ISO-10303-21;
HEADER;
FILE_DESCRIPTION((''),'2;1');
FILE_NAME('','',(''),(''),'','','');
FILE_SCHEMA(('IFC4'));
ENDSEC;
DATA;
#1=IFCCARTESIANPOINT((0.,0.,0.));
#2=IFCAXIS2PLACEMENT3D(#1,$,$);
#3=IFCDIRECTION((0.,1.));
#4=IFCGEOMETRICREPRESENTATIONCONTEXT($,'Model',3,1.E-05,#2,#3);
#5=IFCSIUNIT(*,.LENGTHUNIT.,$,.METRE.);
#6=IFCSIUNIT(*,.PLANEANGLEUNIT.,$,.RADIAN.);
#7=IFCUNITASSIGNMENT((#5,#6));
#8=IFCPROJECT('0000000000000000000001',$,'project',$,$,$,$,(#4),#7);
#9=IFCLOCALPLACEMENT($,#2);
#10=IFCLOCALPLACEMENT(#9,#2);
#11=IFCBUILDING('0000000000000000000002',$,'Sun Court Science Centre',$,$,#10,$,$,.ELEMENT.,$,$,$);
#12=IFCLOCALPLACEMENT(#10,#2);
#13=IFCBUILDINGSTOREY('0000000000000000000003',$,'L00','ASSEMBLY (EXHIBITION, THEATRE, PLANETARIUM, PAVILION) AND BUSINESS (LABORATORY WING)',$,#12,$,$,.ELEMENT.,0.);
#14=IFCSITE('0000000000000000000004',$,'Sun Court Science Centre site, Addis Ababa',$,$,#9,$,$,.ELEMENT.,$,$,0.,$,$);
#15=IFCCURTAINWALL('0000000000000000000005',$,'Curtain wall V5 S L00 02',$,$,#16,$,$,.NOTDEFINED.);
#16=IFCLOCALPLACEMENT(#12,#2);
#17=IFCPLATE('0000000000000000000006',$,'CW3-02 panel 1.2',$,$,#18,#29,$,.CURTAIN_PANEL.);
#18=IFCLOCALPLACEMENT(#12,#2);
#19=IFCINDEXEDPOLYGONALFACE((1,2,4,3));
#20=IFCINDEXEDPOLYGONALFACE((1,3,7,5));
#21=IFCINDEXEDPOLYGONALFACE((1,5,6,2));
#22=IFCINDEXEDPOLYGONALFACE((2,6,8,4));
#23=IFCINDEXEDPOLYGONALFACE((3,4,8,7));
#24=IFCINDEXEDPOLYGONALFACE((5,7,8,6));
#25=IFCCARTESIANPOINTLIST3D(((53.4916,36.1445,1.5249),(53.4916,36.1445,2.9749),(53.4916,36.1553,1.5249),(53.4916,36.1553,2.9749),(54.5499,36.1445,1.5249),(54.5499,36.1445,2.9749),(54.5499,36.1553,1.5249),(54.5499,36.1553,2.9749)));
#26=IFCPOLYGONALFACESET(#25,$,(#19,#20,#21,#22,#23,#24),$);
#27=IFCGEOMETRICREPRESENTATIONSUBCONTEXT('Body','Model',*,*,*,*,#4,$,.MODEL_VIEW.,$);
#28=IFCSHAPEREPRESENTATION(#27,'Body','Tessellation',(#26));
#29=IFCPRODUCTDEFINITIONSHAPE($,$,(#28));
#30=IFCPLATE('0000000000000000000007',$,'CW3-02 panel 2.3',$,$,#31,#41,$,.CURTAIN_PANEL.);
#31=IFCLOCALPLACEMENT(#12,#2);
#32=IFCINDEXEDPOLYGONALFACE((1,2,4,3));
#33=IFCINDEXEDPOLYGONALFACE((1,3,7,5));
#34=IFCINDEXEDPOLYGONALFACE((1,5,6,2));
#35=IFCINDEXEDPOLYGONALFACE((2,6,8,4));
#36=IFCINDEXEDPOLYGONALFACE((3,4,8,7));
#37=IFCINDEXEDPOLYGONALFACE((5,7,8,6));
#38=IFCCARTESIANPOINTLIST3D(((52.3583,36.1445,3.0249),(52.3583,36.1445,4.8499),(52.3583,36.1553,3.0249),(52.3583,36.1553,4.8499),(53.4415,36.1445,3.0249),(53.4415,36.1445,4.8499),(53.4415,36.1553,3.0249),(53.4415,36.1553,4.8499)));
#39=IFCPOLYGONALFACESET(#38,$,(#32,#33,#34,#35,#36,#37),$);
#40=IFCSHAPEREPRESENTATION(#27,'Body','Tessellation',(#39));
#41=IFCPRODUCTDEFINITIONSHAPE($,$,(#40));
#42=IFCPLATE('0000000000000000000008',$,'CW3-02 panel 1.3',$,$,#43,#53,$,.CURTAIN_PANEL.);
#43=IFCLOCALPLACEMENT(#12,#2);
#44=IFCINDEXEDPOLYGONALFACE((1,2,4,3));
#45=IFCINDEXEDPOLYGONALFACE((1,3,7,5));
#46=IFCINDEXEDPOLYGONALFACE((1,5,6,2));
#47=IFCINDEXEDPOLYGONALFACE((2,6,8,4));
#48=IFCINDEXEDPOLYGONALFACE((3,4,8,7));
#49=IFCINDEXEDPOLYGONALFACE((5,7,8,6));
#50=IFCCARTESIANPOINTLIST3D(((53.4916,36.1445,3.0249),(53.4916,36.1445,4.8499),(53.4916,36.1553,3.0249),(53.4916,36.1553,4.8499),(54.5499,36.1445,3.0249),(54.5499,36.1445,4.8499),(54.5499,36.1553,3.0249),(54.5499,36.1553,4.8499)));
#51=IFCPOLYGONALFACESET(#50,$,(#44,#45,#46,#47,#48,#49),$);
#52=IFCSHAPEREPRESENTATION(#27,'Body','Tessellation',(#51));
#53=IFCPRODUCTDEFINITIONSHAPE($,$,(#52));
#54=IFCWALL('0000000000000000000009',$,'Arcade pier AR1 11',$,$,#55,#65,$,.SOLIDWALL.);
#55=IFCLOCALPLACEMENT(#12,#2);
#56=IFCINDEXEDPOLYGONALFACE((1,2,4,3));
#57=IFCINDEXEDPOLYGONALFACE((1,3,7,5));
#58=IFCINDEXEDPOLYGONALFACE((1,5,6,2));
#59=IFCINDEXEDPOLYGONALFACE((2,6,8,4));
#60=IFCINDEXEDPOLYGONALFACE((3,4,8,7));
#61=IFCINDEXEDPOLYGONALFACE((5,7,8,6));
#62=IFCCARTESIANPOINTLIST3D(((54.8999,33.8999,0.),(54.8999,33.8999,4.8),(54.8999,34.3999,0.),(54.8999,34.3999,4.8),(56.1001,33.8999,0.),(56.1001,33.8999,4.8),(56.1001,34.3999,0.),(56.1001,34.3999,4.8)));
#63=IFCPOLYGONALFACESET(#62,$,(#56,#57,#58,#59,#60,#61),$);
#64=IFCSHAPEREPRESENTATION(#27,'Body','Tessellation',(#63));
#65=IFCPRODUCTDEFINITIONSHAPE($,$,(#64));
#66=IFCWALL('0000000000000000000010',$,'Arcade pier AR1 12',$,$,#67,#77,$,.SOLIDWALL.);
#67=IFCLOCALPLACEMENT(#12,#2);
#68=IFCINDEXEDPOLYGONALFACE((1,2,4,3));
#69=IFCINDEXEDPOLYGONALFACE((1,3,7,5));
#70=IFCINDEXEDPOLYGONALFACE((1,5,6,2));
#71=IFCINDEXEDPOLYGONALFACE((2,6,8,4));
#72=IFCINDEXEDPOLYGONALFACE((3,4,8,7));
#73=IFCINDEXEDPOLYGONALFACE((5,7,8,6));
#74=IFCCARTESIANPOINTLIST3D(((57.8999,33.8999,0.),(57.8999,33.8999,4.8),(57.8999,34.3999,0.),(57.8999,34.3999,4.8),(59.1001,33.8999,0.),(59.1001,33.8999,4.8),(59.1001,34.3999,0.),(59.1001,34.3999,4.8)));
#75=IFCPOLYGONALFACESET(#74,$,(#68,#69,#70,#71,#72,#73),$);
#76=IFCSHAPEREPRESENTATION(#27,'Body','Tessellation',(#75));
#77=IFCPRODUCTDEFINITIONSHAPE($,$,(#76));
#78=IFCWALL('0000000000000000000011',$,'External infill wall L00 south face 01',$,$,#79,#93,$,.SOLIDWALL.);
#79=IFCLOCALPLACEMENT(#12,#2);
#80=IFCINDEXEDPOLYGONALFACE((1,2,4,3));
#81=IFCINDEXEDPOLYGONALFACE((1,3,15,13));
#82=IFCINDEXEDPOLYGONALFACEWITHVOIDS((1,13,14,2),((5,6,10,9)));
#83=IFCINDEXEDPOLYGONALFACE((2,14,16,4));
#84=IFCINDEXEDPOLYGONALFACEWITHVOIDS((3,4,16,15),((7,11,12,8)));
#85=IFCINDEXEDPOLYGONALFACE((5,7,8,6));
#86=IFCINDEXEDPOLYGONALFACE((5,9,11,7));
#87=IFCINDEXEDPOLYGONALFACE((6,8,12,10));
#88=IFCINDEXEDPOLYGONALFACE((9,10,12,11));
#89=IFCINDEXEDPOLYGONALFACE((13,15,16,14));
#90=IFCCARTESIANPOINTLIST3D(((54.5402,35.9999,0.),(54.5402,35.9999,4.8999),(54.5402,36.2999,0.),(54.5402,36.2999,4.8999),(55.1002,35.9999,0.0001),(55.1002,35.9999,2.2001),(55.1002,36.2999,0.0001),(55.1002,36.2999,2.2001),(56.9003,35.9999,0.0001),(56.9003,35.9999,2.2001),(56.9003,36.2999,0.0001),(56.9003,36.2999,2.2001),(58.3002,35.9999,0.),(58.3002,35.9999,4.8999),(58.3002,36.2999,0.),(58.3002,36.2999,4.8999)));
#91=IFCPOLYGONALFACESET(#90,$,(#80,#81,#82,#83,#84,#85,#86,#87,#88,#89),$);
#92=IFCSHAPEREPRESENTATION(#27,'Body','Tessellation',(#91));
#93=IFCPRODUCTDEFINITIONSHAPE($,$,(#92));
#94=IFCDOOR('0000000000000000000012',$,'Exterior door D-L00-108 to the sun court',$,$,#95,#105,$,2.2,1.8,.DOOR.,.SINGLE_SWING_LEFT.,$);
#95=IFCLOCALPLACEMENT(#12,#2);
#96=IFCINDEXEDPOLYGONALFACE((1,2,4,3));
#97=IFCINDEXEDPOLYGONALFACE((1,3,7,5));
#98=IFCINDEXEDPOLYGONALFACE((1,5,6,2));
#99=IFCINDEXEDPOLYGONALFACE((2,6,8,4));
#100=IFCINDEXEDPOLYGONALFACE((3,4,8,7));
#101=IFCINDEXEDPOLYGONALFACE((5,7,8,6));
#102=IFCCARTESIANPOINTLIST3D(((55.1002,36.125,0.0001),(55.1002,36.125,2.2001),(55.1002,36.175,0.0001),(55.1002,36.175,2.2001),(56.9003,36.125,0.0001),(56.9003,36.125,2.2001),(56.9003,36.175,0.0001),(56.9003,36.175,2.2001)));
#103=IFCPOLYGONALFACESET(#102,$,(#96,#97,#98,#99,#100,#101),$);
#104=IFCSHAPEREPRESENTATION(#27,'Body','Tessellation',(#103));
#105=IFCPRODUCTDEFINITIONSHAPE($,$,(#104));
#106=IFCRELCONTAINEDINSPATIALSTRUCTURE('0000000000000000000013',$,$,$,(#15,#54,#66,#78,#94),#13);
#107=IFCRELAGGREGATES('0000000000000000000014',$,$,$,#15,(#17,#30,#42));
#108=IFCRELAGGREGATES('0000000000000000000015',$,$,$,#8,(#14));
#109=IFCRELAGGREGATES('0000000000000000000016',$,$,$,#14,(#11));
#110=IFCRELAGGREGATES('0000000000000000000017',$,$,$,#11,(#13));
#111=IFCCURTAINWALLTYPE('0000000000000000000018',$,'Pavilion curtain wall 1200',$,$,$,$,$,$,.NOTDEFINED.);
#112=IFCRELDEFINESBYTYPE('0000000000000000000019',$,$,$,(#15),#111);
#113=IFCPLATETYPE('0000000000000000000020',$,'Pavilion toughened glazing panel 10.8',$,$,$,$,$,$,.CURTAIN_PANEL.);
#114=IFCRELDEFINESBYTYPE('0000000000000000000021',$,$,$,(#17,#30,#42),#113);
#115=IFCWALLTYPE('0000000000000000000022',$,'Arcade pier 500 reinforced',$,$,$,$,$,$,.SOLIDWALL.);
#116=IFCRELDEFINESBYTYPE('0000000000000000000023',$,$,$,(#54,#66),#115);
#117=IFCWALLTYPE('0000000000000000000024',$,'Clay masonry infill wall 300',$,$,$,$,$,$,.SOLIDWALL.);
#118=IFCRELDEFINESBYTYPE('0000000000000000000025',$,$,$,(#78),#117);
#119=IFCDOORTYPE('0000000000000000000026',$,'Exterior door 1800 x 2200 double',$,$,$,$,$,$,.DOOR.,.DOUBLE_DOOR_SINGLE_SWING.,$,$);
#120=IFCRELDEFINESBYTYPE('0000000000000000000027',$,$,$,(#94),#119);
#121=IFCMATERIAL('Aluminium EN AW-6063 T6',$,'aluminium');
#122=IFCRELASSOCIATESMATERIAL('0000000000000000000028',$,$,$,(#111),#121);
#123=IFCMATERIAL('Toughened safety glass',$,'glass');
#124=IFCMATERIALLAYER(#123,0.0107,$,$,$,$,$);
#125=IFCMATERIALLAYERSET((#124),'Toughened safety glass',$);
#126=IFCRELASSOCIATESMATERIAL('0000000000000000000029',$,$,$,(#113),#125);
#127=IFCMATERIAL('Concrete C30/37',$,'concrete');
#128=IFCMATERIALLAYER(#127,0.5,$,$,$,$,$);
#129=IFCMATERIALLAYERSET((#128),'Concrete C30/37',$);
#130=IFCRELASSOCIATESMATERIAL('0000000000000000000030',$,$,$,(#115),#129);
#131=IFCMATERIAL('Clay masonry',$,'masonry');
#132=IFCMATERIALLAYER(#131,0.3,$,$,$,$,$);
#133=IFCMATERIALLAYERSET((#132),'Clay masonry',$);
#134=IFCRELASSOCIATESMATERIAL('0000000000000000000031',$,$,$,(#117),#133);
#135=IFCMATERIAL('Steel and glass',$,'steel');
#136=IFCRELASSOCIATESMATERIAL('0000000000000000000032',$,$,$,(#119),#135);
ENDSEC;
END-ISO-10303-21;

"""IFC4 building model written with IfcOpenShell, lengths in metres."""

from ifc_helpers import new_model, si_unit, direction, frame, frame_2d, origin, origin_2d, place, context, subcontext, project, spatial, rectangle, extrude, material, layer, layer_set, type_object, element, fill, aggregate, save


model = new_model("IFC4")

# Units and contexts
model_context = context("Model", 3, precision=1e-05, world=origin(), true_north=direction((0.0, 1.0)))
body_context = subcontext(model_context, "Body", "Model", "MODEL_VIEW")
ifc_project = project(units=[si_unit("LENGTHUNIT", "METRE"), si_unit("PLANEANGLEUNIT", "RADIAN")], contexts=[model_context])

# Site, building, storey
site_placement = place(None, origin())
site = spatial("IfcSite", under=ifc_project, at=site_placement, Name="Sun Court Science Centre site, Addis Ababa", CompositionType="ELEMENT", RefElevation=0.0)
building_placement = place(site_placement, origin())
building = spatial("IfcBuilding", under=site, at=building_placement, Name="Sun Court Science Centre", CompositionType="ELEMENT")
storey_placement = place(building_placement, origin())
storey = spatial("IfcBuildingStorey", under=building, at=storey_placement, Name="L00", Description="ASSEMBLY (EXHIBITION, THEATRE, PLANETARIUM, PAVILION) AND BUSINESS (LABORATORY WING)", CompositionType="ELEMENT", Elevation=0.0)

# Shared definitions
ifc_material_1 = material(Name="Aluminium EN AW-6063 T6", Category="aluminium")
curtain_wall_type = type_object("IfcCurtainWallType", Name="Pavilion curtain wall 1200", PredefinedType="NOTDEFINED", material=ifc_material_1)

# Curtain wall
curtain_wall_1_placement = place(storey_placement, origin())
curtain_wall_1 = element("IfcCurtainWall", 1, at=curtain_wall_1_placement, inside=storey, type_object=curtain_wall_type, Name="Curtain wall V5 S L00 02", PredefinedType="NOTDEFINED")

# Plates
ifc_material_2 = material(Name="Toughened safety glass", Category="glass")
ifc_layer_1 = layer(ifc_material_2, 0.0107)
ifc_layer_set_1 = layer_set([ifc_layer_1], Name="Toughened safety glass")
plate_type = type_object("IfcPlateType", Name="Pavilion toughened glazing panel 10.8", PredefinedType="CURTAIN_PANEL", material=ifc_layer_set_1)
plate_1_placement = place(storey_placement, frame((54.0208, 36.1499, 1.5249), z_axis=(0.0, 0.0, 1.0), x_axis=(-1.0, 0.0, 0.0)))
plate_1 = element("IfcPlate", 2, at=plate_1_placement, type_object=plate_type, Name="CW3-02 panel 1.2", PredefinedType="CURTAIN_PANEL", context=body_context, shape_type="SweptSolid", body=[
    extrude(rectangle(XDim=1.0583, YDim=0.0107, at=origin_2d()), origin(), (0.0, 0.0, 1.0), 1.45),
])
plate_2_placement = place(storey_placement, frame((52.8999, 36.1499, 3.0249), z_axis=(0.0, 0.0, 1.0), x_axis=(-1.0, 0.0, 0.0)))
plate_2 = element("IfcPlate", 3, at=plate_2_placement, type_object=plate_type, Name="CW3-02 panel 2.3", PredefinedType="CURTAIN_PANEL", context=body_context, shape_type="SweptSolid", body=[
    extrude(rectangle(XDim=1.0833, YDim=0.0107, at=origin_2d()), origin(), (0.0, 0.0, 1.0), 1.825),
])
plate_3_placement = place(storey_placement, frame((54.0208, 36.1499, 3.0249), z_axis=(0.0, 0.0, 1.0), x_axis=(-1.0, 0.0, 0.0)))
plate_3 = element("IfcPlate", 4, at=plate_3_placement, type_object=plate_type, Name="CW3-02 panel 1.3", PredefinedType="CURTAIN_PANEL", context=body_context, shape_type="SweptSolid", body=[
    extrude(rectangle(XDim=1.0583, YDim=0.0107, at=origin_2d()), origin(), (0.0, 0.0, 1.0), 1.825),
])
aggregate(curtain_wall_1, [plate_1, plate_2, plate_3])

# Walls
ifc_material_3 = material(Name="Concrete C30/37", Category="concrete")
ifc_layer_2 = layer(ifc_material_3, 0.5)
ifc_layer_set_2 = layer_set([ifc_layer_2], Name="Concrete C30/37")
wall_type_1 = type_object("IfcWallType", Name="Arcade pier 500 reinforced", PredefinedType="SOLIDWALL", material=ifc_layer_set_2)
for number, where, z_axis, x_axis, name in (
    (5, (54.8999, 34.1499, 0.0), (0.0, 0.0, 1.0), (1.0, 0.0, 0.0), "Arcade pier AR1 11"),
    (6, (57.8999, 34.1499, 0.0), (0.0, 0.0, 1.0), (1.0, 0.0, 0.0), "Arcade pier AR1 12"),
):
    element("IfcWall", number, at=place(storey_placement, frame(where, z_axis=z_axis, x_axis=x_axis)), inside=storey, type_object=wall_type_1, Name=name, PredefinedType="SOLIDWALL", context=body_context, shape_type="SweptSolid", body=[
        extrude(rectangle(XDim=1.2002, YDim=0.5, at=frame_2d((0.6001, 0.0))), origin(), (0.0, 0.0, 1.0), 4.8),
    ])

# Wall, opening, door
ifc_material_4 = material(Name="Clay masonry", Category="masonry")
ifc_layer_3 = layer(ifc_material_4, 0.3)
ifc_layer_set_3 = layer_set([ifc_layer_3], Name="Clay masonry")
wall_type_2 = type_object("IfcWallType", Name="Clay masonry infill wall 300", PredefinedType="SOLIDWALL", material=ifc_layer_set_3)
wall_placement = place(storey_placement, frame((58.3, 36.1499, 0.0), z_axis=(0.0, 0.0, 1.0), x_axis=(-1.0, 0.0, 0.0)))
wall = element("IfcWall", 7, at=wall_placement, inside=storey, type_object=wall_type_2, Name="External infill wall L00 south face 01", PredefinedType="SOLIDWALL", context=body_context, shape_type="SweptSolid", body=[
    extrude(rectangle(XDim=3.76, YDim=0.3, at=frame_2d((1.8799, 0.0))), origin(), (0.0, 0.0, 1.0), 4.8999),
])
opening_placement = place(wall_placement, frame((1.3999, 0.0, 0.0)))
opening = element("IfcOpeningElement", 8, at=opening_placement, cuts=wall, PredefinedType="OPENING", context=body_context, shape_type="SweptSolid", body=[
    extrude(rectangle(XDim=1.8, YDim=2.2, at=frame_2d((0.8999, 1.1001))), frame((0.0, 0.1599, 0.0), z_axis=(0.0, -1.0, 0.0), x_axis=(1.0, 0.0, 0.0)), (0.0, 0.0, 1.0), 0.3201),
])
ifc_material_5 = material(Name="Steel and glass", Category="steel")
door_type = type_object("IfcDoorType", Name="Exterior door 1800 x 2200 double", OperationType="DOUBLE_DOOR_SINGLE_SWING", PredefinedType="DOOR", material=ifc_material_5)
door_placement = place(opening_placement, origin())
door = element("IfcDoor", 9, at=door_placement, inside=storey, type_object=door_type, Name="Exterior door D-L00-108 to the sun court", OperationType="SINGLE_SWING_LEFT", OverallHeight=2.2, OverallWidth=1.8, PredefinedType="DOOR", context=body_context, shape_type="SweptSolid", body=[
    extrude(rectangle(XDim=1.8, YDim=2.2, at=frame_2d((0.8999, 1.1001))), frame((0.0, 0.0249, 0.0), z_axis=(0.0, -1.0, 0.0), x_axis=(1.0, 0.0, 0.0)), (0.0, 0.0, 1.0), 0.05),
])
fill(opening, door)

save(model, "model.ifc")
